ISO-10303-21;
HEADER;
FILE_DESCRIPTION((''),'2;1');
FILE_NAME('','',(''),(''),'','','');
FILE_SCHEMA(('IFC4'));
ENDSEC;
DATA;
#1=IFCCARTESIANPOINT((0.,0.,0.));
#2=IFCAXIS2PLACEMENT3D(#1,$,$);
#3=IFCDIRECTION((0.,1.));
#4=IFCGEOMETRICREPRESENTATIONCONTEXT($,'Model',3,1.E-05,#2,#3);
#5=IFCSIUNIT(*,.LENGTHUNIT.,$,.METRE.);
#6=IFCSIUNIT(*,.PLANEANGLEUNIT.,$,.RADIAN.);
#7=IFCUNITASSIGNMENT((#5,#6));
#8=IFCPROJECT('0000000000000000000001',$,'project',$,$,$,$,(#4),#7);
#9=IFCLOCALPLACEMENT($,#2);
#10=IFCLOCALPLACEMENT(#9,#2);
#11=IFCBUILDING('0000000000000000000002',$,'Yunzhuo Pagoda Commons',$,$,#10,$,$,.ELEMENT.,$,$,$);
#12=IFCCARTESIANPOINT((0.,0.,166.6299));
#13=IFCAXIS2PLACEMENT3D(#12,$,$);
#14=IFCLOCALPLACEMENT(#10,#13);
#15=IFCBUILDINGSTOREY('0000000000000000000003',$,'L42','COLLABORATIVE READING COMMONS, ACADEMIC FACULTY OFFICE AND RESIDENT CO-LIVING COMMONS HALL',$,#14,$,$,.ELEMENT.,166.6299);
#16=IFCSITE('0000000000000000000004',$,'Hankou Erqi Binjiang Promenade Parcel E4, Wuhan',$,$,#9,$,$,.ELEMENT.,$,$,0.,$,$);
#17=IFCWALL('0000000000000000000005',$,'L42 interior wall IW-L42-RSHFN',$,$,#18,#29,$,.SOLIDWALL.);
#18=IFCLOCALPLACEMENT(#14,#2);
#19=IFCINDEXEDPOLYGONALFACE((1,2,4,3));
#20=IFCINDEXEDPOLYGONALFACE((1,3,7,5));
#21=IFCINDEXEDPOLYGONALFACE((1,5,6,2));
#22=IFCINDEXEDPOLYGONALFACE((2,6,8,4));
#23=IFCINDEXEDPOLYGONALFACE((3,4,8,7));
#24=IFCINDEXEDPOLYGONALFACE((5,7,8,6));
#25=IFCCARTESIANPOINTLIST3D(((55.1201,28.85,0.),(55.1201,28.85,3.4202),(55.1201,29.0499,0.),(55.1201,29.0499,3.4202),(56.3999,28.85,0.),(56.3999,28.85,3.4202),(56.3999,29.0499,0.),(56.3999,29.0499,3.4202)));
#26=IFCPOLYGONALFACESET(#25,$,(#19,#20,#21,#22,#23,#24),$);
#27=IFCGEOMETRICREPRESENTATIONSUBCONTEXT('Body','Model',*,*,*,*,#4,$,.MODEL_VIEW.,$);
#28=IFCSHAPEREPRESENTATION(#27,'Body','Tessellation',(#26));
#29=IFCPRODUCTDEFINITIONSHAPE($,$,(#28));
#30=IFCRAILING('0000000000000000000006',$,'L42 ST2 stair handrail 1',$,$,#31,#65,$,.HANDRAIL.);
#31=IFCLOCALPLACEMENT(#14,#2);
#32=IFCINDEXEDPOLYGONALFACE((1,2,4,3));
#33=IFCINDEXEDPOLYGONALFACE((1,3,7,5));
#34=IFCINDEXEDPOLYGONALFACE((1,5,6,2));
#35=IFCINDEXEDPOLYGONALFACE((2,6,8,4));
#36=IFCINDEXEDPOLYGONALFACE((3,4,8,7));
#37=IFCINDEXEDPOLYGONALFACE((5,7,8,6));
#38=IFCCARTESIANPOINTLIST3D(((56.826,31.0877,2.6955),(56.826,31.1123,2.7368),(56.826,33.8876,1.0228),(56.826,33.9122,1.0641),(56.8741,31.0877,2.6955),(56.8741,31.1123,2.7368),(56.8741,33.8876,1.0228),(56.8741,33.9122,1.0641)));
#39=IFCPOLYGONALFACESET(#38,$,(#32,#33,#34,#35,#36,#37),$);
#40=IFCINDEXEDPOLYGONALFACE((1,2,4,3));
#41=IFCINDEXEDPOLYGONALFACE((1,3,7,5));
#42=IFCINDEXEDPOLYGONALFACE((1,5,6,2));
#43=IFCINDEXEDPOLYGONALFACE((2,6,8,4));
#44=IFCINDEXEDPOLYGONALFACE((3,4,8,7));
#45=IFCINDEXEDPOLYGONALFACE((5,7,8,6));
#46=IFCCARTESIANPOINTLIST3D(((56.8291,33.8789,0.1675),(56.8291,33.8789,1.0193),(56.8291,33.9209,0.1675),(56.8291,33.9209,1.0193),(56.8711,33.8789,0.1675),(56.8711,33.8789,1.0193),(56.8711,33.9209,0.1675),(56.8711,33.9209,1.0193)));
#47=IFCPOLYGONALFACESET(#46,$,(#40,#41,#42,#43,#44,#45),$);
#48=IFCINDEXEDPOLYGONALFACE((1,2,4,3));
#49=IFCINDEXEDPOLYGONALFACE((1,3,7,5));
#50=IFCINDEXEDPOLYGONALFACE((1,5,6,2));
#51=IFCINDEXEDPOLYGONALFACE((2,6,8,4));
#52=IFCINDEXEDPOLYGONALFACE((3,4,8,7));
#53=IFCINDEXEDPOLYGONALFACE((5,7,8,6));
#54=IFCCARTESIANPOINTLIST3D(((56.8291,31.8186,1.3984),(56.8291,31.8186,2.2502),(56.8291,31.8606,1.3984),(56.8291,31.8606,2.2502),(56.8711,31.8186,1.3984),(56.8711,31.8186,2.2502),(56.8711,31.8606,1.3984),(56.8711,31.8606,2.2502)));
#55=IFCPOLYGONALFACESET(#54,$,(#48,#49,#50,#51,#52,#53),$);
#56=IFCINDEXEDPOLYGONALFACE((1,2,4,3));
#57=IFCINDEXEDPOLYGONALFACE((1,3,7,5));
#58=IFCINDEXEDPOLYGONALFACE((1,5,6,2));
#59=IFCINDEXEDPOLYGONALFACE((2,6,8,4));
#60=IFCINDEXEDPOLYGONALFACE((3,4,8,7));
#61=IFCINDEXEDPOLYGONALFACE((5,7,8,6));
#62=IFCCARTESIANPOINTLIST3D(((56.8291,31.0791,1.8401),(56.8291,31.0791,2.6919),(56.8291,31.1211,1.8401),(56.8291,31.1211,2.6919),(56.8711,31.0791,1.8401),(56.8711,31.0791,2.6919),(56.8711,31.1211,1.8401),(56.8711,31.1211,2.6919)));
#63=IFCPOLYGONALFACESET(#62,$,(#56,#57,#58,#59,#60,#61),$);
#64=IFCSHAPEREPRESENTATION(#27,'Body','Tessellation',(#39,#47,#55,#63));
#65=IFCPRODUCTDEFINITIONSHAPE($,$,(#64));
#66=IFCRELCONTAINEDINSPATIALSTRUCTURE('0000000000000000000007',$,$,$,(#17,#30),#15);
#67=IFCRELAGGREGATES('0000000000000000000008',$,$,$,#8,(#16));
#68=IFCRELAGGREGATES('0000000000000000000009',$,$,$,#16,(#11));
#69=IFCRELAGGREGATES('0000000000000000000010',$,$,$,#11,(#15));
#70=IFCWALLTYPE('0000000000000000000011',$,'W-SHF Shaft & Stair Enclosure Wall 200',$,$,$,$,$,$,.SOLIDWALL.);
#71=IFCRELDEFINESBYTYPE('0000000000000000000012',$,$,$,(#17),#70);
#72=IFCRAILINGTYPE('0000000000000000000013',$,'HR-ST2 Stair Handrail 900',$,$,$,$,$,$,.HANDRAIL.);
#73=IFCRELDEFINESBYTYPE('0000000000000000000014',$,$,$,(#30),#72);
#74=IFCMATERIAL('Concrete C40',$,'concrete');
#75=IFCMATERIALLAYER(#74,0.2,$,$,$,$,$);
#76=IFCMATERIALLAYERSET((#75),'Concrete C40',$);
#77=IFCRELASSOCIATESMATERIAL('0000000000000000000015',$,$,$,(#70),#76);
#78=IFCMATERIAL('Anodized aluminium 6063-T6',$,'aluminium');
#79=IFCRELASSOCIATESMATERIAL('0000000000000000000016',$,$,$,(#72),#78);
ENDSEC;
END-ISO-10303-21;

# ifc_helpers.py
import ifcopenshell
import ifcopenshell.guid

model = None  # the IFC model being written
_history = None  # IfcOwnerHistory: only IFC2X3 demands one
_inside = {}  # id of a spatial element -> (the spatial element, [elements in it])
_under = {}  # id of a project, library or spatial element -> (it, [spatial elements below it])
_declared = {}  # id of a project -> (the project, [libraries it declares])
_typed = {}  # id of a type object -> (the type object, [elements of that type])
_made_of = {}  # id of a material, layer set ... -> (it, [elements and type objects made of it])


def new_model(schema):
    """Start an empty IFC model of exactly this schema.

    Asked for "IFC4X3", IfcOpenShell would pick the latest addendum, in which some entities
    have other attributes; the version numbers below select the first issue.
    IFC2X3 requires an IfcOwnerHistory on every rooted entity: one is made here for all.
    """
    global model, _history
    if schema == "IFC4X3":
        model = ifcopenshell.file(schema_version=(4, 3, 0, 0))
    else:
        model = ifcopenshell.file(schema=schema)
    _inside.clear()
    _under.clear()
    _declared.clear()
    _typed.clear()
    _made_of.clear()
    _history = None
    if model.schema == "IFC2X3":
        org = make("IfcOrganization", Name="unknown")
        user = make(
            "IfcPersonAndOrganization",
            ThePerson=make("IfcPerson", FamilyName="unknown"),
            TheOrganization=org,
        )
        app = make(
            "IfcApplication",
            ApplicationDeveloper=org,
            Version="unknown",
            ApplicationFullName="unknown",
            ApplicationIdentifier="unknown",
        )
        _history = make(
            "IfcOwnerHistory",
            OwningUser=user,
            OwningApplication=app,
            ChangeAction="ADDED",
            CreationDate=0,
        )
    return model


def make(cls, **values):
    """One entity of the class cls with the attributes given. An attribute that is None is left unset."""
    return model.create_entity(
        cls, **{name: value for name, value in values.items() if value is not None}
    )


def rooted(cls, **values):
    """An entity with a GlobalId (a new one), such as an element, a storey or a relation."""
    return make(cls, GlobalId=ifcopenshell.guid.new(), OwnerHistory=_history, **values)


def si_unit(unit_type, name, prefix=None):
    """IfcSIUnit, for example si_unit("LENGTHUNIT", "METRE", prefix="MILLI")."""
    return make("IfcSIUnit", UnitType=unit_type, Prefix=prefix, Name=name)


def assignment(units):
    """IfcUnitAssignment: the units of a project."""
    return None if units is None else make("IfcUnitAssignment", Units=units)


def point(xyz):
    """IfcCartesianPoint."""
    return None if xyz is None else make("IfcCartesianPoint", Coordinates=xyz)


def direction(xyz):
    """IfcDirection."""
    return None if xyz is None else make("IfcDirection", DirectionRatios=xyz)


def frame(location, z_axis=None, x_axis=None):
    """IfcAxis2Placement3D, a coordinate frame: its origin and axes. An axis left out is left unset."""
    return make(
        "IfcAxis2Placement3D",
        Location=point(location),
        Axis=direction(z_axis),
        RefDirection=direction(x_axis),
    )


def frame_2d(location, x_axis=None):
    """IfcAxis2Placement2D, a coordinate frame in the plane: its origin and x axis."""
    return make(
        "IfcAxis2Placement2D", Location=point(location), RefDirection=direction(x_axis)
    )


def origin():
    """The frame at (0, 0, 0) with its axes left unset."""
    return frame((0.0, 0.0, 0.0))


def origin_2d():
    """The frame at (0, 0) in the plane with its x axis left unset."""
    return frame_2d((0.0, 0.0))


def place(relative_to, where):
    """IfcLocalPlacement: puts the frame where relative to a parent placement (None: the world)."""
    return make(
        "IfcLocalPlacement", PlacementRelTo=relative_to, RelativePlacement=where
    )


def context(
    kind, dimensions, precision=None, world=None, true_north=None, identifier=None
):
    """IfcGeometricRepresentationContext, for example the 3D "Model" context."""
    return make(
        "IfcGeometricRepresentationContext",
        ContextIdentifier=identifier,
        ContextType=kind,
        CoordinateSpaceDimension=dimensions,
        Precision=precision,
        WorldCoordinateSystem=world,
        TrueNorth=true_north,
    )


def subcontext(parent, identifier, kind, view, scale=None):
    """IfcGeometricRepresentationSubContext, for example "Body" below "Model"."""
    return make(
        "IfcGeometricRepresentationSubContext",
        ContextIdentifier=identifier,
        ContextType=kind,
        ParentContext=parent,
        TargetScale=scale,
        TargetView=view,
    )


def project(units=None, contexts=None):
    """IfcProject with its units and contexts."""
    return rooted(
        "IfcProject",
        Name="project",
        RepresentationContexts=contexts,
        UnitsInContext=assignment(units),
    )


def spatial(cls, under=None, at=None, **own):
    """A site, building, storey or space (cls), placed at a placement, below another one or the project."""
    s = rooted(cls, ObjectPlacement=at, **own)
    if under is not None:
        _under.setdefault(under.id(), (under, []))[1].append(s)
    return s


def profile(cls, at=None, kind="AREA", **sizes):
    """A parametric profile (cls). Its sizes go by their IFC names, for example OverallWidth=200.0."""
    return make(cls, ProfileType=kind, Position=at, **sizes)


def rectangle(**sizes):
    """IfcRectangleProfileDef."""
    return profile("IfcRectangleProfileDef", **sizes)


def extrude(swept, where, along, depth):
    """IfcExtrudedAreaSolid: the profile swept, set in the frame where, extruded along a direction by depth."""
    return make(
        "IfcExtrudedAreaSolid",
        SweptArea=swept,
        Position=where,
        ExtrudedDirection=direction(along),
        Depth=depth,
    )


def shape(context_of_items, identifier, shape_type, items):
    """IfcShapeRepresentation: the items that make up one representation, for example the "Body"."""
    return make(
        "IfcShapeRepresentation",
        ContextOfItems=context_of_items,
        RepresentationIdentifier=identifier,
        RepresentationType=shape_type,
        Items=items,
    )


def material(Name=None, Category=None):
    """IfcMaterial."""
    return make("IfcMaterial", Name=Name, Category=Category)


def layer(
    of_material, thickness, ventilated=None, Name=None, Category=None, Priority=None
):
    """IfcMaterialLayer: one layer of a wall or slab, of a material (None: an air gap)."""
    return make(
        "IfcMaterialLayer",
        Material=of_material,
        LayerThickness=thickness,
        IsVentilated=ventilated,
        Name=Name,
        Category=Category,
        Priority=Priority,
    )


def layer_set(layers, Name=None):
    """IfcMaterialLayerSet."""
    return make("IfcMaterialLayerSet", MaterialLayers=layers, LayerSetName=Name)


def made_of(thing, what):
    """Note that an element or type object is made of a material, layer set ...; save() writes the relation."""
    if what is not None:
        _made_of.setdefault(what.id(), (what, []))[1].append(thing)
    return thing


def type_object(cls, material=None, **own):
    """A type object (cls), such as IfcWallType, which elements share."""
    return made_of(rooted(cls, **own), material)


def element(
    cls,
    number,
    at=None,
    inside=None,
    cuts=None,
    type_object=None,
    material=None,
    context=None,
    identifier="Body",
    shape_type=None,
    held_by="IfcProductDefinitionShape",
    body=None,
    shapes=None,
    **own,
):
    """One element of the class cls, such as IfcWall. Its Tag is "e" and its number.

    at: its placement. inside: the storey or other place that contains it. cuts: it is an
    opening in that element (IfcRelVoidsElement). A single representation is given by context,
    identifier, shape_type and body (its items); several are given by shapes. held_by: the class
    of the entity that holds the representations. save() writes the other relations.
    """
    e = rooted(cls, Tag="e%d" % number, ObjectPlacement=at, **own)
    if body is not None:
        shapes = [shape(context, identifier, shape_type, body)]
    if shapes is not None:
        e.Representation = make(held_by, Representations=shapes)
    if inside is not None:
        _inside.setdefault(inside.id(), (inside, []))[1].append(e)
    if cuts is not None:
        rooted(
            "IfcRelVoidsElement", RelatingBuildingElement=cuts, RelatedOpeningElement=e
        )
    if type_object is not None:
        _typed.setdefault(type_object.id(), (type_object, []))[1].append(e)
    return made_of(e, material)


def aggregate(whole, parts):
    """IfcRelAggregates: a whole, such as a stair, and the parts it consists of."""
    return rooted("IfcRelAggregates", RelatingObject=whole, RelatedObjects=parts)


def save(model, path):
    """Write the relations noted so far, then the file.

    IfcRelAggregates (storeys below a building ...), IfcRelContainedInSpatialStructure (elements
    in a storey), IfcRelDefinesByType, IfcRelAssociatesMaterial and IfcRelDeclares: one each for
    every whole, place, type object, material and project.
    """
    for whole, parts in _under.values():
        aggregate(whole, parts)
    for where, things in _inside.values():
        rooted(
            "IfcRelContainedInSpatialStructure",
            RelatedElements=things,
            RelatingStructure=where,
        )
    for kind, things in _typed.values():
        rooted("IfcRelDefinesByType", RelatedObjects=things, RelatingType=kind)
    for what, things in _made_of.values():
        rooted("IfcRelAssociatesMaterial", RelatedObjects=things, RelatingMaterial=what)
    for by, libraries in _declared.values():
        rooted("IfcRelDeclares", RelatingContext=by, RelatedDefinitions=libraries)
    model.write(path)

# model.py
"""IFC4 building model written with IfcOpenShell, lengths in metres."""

from ifc_helpers import new_model, si_unit, direction, frame, frame_2d, origin, origin_2d, place, context, subcontext, project, spatial, rectangle, extrude, material, layer, layer_set, type_object, element, save


model = new_model("IFC4")

# Units and contexts
model_context = context("Model", 3, precision=1e-05, world=origin(), true_north=direction((0.0, 1.0)))
body_context = subcontext(model_context, "Body", "Model", "MODEL_VIEW")
ifc_project = project(units=[si_unit("LENGTHUNIT", "METRE"), si_unit("PLANEANGLEUNIT", "RADIAN")], contexts=[model_context])

# Site, building, storey
site_placement = place(None, origin())
site = spatial("IfcSite", under=ifc_project, at=site_placement, Name="Hankou Erqi Binjiang Promenade Parcel E4, Wuhan", CompositionType="ELEMENT", RefElevation=0.0)
building_placement = place(site_placement, origin())
building = spatial("IfcBuilding", under=site, at=building_placement, Name="Yunzhuo Pagoda Commons", CompositionType="ELEMENT")
storey_placement = place(building_placement, frame((0.0, 0.0, 166.6299)))
storey = spatial("IfcBuildingStorey", under=building, at=storey_placement, Name="L42", Description="COLLABORATIVE READING COMMONS, ACADEMIC FACULTY OFFICE AND RESIDENT CO-LIVING COMMONS HALL", CompositionType="ELEMENT", Elevation=166.6299)

# Shared definitions
ifc_material_1 = material(Name="Concrete C40", Category="concrete")
ifc_layer_1 = layer(ifc_material_1, 0.2)
ifc_layer_set_1 = layer_set([ifc_layer_1], Name="Concrete C40")
wall_type_1 = type_object("IfcWallType", Name="W-SHF Shaft & Stair Enclosure Wall 200", PredefinedType="SOLIDWALL", material=ifc_layer_set_1)

# Wall
wall_1_placement = place(storey_placement, frame((55.1201, 28.95, 0.0), z_axis=(0.0, 0.0, 1.0), x_axis=(1.0, 0.0, 0.0)))
element("IfcWall", 1, at=wall_1_placement, inside=storey, type_object=wall_type_1, Name="L42 interior wall IW-L42-RSHFN", PredefinedType="SOLIDWALL", context=body_context, shape_type="SweptSolid", body=[
    extrude(rectangle(XDim=1.2798, YDim=0.2, at=frame_2d((0.6399, 0.0))), origin(), (0.0, 0.0, 1.0), 3.4202),
])

# Railing
ifc_material_2 = material(Name="Anodized aluminium 6063-T6", Category="aluminium")
railing_type = type_object("IfcRailingType", Name="HR-ST2 Stair Handrail 900", PredefinedType="HANDRAIL", material=ifc_material_2)
railing_placement = place(storey_placement, frame((56.8501, 33.8999, 0.1675)))
element("IfcRailing", 2, at=railing_placement, inside=storey, type_object=railing_type, Name="L42 ST2 stair handrail 1", PredefinedType="HANDRAIL", context=body_context, shape_type="SweptSolid", body=[
    extrude(rectangle(XDim=0.0481, YDim=0.0481, at=origin_2d()), frame((0.0, 0.0, 0.876), z_axis=(0.0, -0.858476, 0.512855), x_axis=(1.0, 0.0, 0.0)), (0.0, 0.0, 1.0), 3.2615),
    extrude(rectangle(XDim=0.042, YDim=0.042, at=origin_2d()), origin(), (0.0, 0.0, 1.0), 0.8518),
    extrude(rectangle(XDim=0.042, YDim=0.042, at=origin_2d()), frame((0.0, -2.0603, 1.231)), (0.0, 0.0, 1.0), 0.8518),
    extrude(rectangle(XDim=0.042, YDim=0.042, at=origin_2d()), frame((0.0, -2.7998, 1.6726)), (0.0, 0.0, 1.0), 0.8518),
])

save(model, "model.ifc")
